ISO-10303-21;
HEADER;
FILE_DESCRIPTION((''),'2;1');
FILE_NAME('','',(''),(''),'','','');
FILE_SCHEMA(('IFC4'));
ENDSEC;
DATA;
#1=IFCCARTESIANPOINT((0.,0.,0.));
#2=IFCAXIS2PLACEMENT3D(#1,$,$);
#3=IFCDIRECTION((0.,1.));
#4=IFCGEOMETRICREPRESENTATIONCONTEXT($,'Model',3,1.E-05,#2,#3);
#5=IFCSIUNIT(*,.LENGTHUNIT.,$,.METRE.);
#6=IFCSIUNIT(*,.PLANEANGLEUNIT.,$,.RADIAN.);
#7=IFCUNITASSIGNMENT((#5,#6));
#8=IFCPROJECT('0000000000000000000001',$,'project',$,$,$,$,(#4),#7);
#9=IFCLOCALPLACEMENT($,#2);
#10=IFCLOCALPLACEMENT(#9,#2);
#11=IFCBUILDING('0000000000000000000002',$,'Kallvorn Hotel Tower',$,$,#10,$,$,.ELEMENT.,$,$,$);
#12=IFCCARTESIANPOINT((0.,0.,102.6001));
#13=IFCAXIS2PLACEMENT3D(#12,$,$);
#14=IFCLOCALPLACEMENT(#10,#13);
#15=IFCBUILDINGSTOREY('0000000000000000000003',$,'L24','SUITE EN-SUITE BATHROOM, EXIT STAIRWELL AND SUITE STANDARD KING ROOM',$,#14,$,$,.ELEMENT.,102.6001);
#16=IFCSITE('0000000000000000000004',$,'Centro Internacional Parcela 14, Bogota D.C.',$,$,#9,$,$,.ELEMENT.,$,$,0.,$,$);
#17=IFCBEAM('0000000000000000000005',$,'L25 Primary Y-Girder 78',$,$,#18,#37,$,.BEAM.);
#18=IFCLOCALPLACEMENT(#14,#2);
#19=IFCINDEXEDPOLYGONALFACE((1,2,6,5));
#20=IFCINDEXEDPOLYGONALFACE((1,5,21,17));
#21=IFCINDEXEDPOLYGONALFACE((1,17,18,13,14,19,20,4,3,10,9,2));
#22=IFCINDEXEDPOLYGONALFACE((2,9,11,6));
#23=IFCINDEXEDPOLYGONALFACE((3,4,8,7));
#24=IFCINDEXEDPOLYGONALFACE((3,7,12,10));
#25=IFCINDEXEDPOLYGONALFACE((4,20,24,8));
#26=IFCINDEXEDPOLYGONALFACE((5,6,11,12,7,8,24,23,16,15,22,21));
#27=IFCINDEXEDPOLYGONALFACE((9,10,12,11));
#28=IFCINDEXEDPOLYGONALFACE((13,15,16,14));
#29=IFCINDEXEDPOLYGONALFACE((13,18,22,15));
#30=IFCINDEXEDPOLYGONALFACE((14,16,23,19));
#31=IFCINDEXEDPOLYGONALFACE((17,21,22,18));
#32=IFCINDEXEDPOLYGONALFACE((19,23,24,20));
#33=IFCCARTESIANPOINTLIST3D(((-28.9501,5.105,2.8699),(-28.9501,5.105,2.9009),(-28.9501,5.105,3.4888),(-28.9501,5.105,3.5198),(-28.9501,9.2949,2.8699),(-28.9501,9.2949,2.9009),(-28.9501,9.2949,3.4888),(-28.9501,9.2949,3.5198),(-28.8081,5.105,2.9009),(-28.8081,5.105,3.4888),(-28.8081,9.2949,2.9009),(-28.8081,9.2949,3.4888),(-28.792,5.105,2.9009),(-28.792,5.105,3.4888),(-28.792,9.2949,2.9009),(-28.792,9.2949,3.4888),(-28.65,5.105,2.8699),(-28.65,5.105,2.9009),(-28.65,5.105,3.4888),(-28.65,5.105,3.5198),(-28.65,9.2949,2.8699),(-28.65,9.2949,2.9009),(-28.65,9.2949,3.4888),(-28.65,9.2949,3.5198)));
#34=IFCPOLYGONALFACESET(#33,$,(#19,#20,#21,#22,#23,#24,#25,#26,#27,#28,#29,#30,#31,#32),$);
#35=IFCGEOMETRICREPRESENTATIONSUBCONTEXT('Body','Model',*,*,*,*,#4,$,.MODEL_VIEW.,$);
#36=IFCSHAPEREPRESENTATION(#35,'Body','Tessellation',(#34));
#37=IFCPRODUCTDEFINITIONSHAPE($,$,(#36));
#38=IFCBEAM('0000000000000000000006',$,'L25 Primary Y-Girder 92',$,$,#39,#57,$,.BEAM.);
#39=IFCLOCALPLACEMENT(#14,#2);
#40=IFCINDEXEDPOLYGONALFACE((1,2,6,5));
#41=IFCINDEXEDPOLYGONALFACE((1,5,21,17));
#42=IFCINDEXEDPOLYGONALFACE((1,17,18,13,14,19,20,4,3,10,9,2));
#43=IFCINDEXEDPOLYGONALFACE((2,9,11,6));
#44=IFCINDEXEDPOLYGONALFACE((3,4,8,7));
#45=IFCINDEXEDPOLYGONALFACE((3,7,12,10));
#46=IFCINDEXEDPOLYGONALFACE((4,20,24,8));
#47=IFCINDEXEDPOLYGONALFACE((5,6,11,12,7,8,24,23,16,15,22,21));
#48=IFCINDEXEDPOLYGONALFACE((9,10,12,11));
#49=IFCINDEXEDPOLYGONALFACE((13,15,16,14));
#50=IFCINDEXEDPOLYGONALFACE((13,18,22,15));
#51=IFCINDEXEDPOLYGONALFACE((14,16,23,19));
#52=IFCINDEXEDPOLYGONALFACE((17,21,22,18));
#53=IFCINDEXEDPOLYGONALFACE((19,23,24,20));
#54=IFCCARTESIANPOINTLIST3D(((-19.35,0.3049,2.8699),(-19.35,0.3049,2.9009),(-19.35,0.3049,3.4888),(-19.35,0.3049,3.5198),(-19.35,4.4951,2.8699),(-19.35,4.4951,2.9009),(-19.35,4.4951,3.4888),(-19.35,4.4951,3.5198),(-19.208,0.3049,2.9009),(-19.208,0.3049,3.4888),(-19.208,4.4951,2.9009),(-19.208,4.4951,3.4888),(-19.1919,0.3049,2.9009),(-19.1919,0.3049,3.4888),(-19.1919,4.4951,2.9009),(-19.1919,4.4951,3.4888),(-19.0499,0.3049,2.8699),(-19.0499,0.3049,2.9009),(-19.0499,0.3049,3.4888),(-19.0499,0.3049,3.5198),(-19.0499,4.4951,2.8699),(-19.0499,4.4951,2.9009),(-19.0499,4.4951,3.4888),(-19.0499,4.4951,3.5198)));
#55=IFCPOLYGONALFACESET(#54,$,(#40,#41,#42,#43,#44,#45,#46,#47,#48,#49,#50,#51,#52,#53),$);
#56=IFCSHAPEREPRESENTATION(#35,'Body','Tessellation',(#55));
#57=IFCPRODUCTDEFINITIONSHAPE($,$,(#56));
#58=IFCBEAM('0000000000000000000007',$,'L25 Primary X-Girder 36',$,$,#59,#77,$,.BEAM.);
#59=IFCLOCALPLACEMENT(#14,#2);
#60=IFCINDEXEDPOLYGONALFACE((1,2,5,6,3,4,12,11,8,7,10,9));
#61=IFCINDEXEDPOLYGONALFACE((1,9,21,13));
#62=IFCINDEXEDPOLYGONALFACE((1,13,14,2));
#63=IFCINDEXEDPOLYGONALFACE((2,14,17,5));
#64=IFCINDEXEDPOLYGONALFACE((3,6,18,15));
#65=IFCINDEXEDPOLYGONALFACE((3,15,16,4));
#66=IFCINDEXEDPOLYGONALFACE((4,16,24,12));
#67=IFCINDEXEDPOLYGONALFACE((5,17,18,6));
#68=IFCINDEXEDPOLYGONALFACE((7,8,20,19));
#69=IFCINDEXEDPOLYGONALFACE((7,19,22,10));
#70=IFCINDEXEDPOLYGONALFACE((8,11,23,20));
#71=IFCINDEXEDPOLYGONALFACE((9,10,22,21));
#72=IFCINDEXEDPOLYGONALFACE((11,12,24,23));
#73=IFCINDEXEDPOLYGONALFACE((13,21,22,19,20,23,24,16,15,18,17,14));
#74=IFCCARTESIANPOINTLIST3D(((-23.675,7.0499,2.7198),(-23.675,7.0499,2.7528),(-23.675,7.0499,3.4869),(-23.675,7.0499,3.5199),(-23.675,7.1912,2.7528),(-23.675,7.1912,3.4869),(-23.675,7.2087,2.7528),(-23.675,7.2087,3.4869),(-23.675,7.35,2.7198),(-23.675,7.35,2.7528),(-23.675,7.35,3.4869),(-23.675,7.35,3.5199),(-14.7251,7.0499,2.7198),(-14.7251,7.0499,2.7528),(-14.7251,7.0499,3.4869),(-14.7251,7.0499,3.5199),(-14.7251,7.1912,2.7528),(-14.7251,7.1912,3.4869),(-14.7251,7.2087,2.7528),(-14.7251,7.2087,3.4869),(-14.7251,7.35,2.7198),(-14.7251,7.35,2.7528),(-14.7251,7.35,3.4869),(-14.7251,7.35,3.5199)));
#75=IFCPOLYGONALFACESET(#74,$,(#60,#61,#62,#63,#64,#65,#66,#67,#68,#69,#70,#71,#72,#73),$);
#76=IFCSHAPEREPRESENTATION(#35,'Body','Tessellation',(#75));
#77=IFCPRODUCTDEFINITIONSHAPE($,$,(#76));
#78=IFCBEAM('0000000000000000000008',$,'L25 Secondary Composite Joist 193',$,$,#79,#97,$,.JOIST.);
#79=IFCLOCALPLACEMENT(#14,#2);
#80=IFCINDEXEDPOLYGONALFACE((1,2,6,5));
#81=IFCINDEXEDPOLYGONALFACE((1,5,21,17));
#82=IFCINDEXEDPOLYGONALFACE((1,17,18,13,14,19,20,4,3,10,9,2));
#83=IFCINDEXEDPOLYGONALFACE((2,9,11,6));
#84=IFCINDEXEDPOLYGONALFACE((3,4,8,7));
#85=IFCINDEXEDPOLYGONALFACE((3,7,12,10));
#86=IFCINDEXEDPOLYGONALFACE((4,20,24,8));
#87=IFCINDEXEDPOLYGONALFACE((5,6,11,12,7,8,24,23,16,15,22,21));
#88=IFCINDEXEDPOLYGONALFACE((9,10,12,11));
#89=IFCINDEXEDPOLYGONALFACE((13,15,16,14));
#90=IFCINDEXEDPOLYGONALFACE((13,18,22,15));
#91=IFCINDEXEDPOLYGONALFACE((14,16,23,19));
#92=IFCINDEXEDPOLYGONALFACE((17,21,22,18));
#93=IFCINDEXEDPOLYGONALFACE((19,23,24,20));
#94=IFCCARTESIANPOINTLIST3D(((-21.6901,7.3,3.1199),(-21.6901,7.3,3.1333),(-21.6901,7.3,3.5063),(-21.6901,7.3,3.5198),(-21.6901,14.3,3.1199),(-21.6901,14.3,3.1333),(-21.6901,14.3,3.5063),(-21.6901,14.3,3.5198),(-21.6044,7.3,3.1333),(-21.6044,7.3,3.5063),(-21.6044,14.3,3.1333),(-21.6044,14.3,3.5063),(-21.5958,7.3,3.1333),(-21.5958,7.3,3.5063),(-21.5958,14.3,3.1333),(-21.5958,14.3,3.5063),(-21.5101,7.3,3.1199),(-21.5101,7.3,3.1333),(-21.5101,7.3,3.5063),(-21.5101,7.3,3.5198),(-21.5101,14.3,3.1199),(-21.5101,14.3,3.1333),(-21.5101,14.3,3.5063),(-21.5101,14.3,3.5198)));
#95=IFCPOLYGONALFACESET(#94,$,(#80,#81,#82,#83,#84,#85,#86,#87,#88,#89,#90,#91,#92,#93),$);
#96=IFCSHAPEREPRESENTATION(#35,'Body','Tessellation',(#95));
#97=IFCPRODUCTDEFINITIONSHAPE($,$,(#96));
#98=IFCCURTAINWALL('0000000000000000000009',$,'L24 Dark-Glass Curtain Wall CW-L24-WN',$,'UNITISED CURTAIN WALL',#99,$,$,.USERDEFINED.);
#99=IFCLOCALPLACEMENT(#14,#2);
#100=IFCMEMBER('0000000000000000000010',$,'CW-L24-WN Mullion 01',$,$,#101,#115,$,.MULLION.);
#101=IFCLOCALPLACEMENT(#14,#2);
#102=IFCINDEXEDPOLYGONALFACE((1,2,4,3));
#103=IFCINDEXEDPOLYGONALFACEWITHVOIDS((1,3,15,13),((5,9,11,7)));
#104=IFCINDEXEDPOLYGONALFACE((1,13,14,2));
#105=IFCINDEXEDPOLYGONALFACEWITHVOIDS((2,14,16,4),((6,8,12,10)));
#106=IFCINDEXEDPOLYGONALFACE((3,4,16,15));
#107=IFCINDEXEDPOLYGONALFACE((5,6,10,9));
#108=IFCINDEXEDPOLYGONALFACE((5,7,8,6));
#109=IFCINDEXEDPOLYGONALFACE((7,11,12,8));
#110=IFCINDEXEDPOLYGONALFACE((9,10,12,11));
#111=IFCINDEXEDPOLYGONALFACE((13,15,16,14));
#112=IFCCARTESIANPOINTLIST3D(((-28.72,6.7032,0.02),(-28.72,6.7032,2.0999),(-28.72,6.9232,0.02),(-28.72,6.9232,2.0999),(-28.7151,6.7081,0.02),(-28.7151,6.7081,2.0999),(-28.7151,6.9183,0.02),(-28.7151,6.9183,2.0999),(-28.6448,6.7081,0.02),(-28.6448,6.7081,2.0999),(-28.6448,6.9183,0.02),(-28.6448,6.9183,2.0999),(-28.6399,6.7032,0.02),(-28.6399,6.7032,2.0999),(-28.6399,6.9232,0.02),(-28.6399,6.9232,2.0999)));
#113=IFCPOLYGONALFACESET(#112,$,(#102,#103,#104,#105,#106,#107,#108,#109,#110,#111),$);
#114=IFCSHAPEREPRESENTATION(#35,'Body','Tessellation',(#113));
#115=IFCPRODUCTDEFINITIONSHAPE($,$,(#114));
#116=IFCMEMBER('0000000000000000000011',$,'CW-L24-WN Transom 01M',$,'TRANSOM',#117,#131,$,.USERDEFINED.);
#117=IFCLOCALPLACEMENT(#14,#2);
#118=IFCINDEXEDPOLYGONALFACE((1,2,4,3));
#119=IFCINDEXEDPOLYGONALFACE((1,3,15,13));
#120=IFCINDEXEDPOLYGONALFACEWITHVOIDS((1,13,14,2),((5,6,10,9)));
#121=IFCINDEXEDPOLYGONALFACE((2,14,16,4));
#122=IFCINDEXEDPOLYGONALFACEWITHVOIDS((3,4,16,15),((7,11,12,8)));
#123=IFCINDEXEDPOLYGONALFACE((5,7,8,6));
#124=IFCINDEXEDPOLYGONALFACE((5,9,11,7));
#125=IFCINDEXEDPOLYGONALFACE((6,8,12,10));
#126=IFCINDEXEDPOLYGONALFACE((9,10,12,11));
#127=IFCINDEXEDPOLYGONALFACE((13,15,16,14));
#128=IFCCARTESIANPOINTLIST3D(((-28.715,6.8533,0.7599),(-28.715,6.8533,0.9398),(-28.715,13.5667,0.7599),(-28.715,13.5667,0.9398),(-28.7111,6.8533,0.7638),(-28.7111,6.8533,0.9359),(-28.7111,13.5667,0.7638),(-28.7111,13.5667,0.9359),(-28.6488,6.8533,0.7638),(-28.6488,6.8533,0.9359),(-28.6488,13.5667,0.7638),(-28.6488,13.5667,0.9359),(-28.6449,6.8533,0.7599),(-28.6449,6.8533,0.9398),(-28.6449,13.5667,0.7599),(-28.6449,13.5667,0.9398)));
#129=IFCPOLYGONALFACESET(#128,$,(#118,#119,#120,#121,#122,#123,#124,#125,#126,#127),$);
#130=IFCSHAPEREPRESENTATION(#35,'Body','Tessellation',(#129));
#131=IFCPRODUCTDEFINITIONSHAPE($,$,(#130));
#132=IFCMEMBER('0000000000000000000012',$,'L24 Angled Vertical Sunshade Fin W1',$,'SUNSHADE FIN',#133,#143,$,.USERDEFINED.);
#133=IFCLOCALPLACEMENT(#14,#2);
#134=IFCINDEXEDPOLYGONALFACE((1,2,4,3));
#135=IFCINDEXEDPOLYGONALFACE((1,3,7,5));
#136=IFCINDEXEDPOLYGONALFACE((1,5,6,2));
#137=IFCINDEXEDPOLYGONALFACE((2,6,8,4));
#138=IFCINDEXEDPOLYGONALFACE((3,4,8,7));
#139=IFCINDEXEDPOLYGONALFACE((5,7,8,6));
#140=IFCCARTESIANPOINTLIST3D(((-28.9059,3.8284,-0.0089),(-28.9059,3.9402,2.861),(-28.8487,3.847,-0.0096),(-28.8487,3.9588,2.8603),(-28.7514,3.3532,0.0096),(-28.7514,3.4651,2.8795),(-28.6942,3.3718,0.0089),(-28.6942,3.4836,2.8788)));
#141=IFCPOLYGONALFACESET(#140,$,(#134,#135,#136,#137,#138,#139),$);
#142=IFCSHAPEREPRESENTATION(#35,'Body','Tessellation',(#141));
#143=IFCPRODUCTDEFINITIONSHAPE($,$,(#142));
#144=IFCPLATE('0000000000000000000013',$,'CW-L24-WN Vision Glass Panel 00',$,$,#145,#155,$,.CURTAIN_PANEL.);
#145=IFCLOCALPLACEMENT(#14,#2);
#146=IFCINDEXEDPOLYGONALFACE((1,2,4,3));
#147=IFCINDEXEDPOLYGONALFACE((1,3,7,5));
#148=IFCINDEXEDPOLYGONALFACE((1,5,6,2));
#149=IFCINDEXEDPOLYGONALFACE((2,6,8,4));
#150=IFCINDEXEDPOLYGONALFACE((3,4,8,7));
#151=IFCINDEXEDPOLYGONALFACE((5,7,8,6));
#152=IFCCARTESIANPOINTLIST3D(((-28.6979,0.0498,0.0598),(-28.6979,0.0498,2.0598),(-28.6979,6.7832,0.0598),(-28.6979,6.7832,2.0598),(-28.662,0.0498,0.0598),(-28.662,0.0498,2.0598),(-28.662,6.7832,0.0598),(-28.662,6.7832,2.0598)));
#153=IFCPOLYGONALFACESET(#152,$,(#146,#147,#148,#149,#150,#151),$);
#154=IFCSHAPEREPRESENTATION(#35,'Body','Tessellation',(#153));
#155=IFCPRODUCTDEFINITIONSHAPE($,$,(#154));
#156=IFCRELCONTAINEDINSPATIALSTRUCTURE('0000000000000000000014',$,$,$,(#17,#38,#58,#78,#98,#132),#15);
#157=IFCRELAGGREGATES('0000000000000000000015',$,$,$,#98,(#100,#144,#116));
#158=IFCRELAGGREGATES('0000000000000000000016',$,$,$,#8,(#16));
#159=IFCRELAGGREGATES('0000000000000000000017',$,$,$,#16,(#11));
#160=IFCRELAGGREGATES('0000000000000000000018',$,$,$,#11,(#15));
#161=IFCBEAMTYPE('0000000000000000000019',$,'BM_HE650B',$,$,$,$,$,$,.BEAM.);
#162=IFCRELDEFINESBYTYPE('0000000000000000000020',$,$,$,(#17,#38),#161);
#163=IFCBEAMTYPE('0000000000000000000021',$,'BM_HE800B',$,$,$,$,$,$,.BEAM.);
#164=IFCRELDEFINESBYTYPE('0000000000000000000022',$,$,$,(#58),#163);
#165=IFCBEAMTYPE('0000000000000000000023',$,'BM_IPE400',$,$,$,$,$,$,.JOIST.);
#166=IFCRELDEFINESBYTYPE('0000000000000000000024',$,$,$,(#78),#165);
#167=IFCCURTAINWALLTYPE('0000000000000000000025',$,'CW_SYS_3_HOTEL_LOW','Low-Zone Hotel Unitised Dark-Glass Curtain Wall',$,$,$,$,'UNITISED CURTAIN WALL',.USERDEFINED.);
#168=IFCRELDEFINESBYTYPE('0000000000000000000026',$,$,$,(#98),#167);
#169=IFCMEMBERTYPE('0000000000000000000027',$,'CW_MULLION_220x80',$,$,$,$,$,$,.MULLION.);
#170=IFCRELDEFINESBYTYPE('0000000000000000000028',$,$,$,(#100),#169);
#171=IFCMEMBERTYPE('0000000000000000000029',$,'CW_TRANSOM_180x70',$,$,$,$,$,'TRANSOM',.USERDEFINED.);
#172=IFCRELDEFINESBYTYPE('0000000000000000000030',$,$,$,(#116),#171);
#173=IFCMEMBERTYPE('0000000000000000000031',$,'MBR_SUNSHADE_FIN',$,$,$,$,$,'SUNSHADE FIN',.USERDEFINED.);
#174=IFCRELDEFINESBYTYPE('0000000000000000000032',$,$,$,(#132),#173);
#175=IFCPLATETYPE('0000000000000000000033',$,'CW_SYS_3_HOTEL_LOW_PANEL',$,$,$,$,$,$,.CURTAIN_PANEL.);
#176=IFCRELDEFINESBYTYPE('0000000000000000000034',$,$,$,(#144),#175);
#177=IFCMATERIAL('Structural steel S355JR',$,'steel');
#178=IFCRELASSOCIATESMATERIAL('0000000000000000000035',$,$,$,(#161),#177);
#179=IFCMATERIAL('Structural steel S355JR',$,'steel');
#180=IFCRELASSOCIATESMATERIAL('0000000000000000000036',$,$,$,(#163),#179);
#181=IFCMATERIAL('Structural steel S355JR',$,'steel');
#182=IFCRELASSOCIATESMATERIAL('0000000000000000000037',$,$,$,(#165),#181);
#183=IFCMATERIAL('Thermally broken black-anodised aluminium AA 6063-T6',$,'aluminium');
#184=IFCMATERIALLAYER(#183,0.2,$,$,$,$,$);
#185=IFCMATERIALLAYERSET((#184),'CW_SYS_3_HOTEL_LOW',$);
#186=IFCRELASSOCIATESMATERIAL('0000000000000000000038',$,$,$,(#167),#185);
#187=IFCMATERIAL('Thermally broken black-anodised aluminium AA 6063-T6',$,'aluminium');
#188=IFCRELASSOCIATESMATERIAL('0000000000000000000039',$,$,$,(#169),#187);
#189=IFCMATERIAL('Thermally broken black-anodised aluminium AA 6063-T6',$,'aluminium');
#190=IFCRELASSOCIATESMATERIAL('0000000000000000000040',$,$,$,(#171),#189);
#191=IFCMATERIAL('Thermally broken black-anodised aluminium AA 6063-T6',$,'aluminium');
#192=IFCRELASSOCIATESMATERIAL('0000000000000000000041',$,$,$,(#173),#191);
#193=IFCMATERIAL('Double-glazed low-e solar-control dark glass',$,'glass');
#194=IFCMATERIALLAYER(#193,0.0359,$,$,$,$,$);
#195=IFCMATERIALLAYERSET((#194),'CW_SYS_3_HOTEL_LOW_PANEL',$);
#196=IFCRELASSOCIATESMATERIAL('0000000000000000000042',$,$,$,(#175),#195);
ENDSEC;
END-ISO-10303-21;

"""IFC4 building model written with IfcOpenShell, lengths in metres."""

from ifc_helpers import new_model, si_unit, direction, frame, origin, origin_2d, place, context, subcontext, project, spatial, rectangle, hollow_rectangle, i_section, extrude, material, layer, layer_set, material_profile, profile_set, type_object, element, aggregate, save


model = new_model("IFC4")

# Units and contexts
model_context = context("Model", 3, precision=1e-05, world=origin(), true_north=direction((0.0, 1.0)))
body_context = subcontext(model_context, "Body", "Model", "MODEL_VIEW")
ifc_project = project(units=[si_unit("LENGTHUNIT", "METRE"), si_unit("PLANEANGLEUNIT", "RADIAN")], contexts=[model_context])

# Site, building, storey
site_placement = place(None, origin())
site = spatial("IfcSite", under=ifc_project, at=site_placement, Name="Centro Internacional Parcela 14, Bogota D.C.", CompositionType="ELEMENT", RefElevation=0.0)
building_placement = place(site_placement, origin())
building = spatial("IfcBuilding", under=site, at=building_placement, Name="Kallvorn Hotel Tower", CompositionType="ELEMENT")
storey_placement = place(building_placement, frame((0.0, 0.0, 102.6001)))
storey = spatial("IfcBuildingStorey", under=building, at=storey_placement, Name="L24", Description="SUITE EN-SUITE BATHROOM, EXIT STAIRWELL AND SUITE STANDARD KING ROOM", CompositionType="ELEMENT", Elevation=102.6001)

# Beams
ifc_material_1 = material(Name="Structural steel S355JR", Category="steel")
ifc_material_profile_1 = material_profile(ifc_material_1, i_section(OverallWidth=0.3, OverallDepth=0.6499, WebThickness=0.0161, FlangeThickness=0.031, at=origin_2d()), Name="HE 650 B")
ifc_profile_set_1 = profile_set([ifc_material_profile_1], Name="Structural steel S355JR")
beam_type_1 = type_object("IfcBeamType", Name="BM_HE650B", PredefinedType="BEAM", material=ifc_profile_set_1)
beam_1_placement = place(storey_placement, frame((-28.8, 5.105, 3.1948), z_axis=(0.0, 1.0, 0.0), x_axis=(-1.0, 0.0, 0.0)))
element("IfcBeam", 1, at=beam_1_placement, inside=storey, type_object=beam_type_1, Name="L25 Primary Y-Girder 78", PredefinedType="BEAM", context=body_context, shape_type="SweptSolid", body=[
    extrude(i_section(OverallWidth=0.3, OverallDepth=0.6499, WebThickness=0.0161, FlangeThickness=0.031, at=origin_2d()), origin(), (0.0, 0.0, 1.0), 4.1899),
])
beam_2_placement = place(storey_placement, frame((-19.2, 0.3049, 3.1948), z_axis=(0.0, 1.0, 0.0), x_axis=(-1.0, 0.0, 0.0)))
element("IfcBeam", 2, at=beam_2_placement, inside=storey, type_object=beam_type_1, Name="L25 Primary Y-Girder 92", PredefinedType="BEAM", context=body_context, shape_type="SweptSolid", body=[
    extrude(i_section(OverallWidth=0.3, OverallDepth=0.6499, WebThickness=0.0161, FlangeThickness=0.031, at=origin_2d()), origin(), (0.0, 0.0, 1.0), 4.1902),
])
ifc_material_2 = material(Name="Structural steel S355JR", Category="steel")
ifc_material_profile_2 = material_profile(ifc_material_2, i_section(OverallWidth=0.3, OverallDepth=0.8, WebThickness=0.0176, FlangeThickness=0.033, at=origin_2d()), Name="HE 800 B")
ifc_profile_set_2 = profile_set([ifc_material_profile_2], Name="Structural steel S355JR")
beam_type_2 = type_object("IfcBeamType", Name="BM_HE800B", PredefinedType="BEAM", material=ifc_profile_set_2)
beam_3_placement = place(storey_placement, frame((-23.675, 7.2, 3.1199), z_axis=(1.0, 0.0, 0.0), x_axis=(0.0, 1.0, 0.0)))
element("IfcBeam", 3, at=beam_3_placement, inside=storey, type_object=beam_type_2, Name="L25 Primary X-Girder 36", PredefinedType="BEAM", context=body_context, shape_type="SweptSolid", body=[
    extrude(i_section(OverallWidth=0.3, OverallDepth=0.8, WebThickness=0.0176, FlangeThickness=0.033, at=origin_2d()), origin(), (0.0, 0.0, 1.0), 8.95),
])
ifc_material_3 = material(Name="Structural steel S355JR", Category="steel")
ifc_material_profile_3 = material_profile(ifc_material_3, i_section(OverallWidth=0.1799, OverallDepth=0.3999, WebThickness=0.0085, FlangeThickness=0.0134, at=origin_2d()), Name="IPE 400")
ifc_profile_set_3 = profile_set([ifc_material_profile_3], Name="Structural steel S355JR")
beam_type_3 = type_object("IfcBeamType", Name="BM_IPE400", PredefinedType="JOIST", material=ifc_profile_set_3)
beam_4_placement = place(storey_placement, frame((-21.6001, 7.3, 3.3198), z_axis=(0.0, 1.0, 0.0), x_axis=(-1.0, 0.0, 0.0)))
element("IfcBeam", 4, at=beam_4_placement, inside=storey, type_object=beam_type_3, Name="L25 Secondary Composite Joist 193", PredefinedType="JOIST", context=body_context, shape_type="SweptSolid", body=[
    extrude(i_section(OverallWidth=0.1799, OverallDepth=0.3999, WebThickness=0.0085, FlangeThickness=0.0134, at=origin_2d()), origin(), (0.0, 0.0, 1.0), 7.0),
])

# Curtain wall, members
ifc_material_4 = material(Name="Thermally broken black-anodised aluminium AA 6063-T6", Category="aluminium")
ifc_layer_1 = layer(ifc_material_4, 0.2)
ifc_layer_set_1 = layer_set([ifc_layer_1], Name="CW_SYS_3_HOTEL_LOW")
curtain_wall_type = type_object("IfcCurtainWallType", Name="CW_SYS_3_HOTEL_LOW", Description="Low-Zone Hotel Unitised Dark-Glass Curtain Wall", ElementType="UNITISED CURTAIN WALL", PredefinedType="USERDEFINED", material=ifc_layer_set_1)
curtain_wall_placement = place(storey_placement, origin())
curtain_wall = element("IfcCurtainWall", 5, at=curtain_wall_placement, inside=storey, type_object=curtain_wall_type, Name="L24 Dark-Glass Curtain Wall CW-L24-WN", ObjectType="UNITISED CURTAIN WALL", PredefinedType="USERDEFINED")
ifc_material_5 = material(Name="Thermally broken black-anodised aluminium AA 6063-T6", Category="aluminium")
ifc_material_profile_4 = material_profile(ifc_material_5, hollow_rectangle(XDim=0.0801, YDim=0.22, WallThickness=0.0049, at=origin_2d()), Name="MUL 220x80")
ifc_profile_set_4 = profile_set([ifc_material_profile_4], Name="Thermally broken black-anodised aluminium AA 6063-T6")
member_type_1 = type_object("IfcMemberType", Name="CW_MULLION_220x80", PredefinedType="MULLION", material=ifc_profile_set_4)
member_1_placement = place(storey_placement, frame((-28.6799, 6.8132, 0.02), z_axis=(0.0, 0.0, 1.0), x_axis=(1.0, 0.0, 0.0)))
member_1 = element("IfcMember", 6, at=member_1_placement, type_object=member_type_1, Name="CW-L24-WN Mullion 01", PredefinedType="MULLION", context=body_context, shape_type="SweptSolid", body=[
    extrude(hollow_rectangle(XDim=0.0801, YDim=0.22, WallThickness=0.0049, at=origin_2d()), origin(), (0.0, 0.0, 1.0), 2.0798),
])
ifc_material_6 = material(Name="Thermally broken black-anodised aluminium AA 6063-T6", Category="aluminium")
ifc_material_profile_5 = material_profile(ifc_material_6, hollow_rectangle(XDim=0.0701, YDim=0.1799, WallThickness=0.0039, at=origin_2d()), Name="TRN 180x70")
ifc_profile_set_5 = profile_set([ifc_material_profile_5], Name="Thermally broken black-anodised aluminium AA 6063-T6")
member_type_2 = type_object("IfcMemberType", Name="CW_TRANSOM_180x70", ElementType="TRANSOM", PredefinedType="USERDEFINED", material=ifc_profile_set_5)
member_2_placement = place(storey_placement, frame((-28.6799, 6.8533, 0.8499), z_axis=(0.0, 1.0, 0.0), x_axis=(-1.0, 0.0, 0.0)))
member_2 = element("IfcMember", 7, at=member_2_placement, type_object=member_type_2, Name="CW-L24-WN Transom 01M", ObjectType="TRANSOM", PredefinedType="USERDEFINED", context=body_context, shape_type="SweptSolid", body=[
    extrude(hollow_rectangle(XDim=0.0701, YDim=0.1799, WallThickness=0.0039, at=origin_2d()), origin(), (0.0, 0.0, 1.0), 6.7134),
])

# Member
ifc_material_7 = material(Name="Thermally broken black-anodised aluminium AA 6063-T6", Category="aluminium")
ifc_material_profile_6 = material_profile(ifc_material_7, rectangle(XDim=0.0601, YDim=0.5, at=origin_2d()), Name="FIN 500x60")
ifc_profile_set_6 = profile_set([ifc_material_profile_6], Name="Thermally broken black-anodised aluminium AA 6063-T6")
member_type_3 = type_object("IfcMemberType", Name="MBR_SUNSHADE_FIN", ElementType="SUNSHADE FIN", PredefinedType="USERDEFINED", material=ifc_profile_set_6)
member_3_placement = place(storey_placement, frame((-28.8, 3.6001, 0.0), z_axis=(0.0, 0.038933, 0.999242), x_axis=(-0.951057, -0.308783, 0.012031)))
element("IfcMember", 8, at=member_3_placement, inside=storey, type_object=member_type_3, Name="L24 Angled Vertical Sunshade Fin W1", ObjectType="SUNSHADE FIN", PredefinedType="USERDEFINED", context=body_context, shape_type="SweptSolid", body=[
    extrude(rectangle(XDim=0.0601, YDim=0.5, at=origin_2d()), origin(), (0.0, 0.0, 1.0), 2.8721),
])

# Plate
ifc_material_8 = material(Name="Double-glazed low-e solar-control dark glass", Category="glass")
ifc_layer_2 = layer(ifc_material_8, 0.0359)
ifc_layer_set_2 = layer_set([ifc_layer_2], Name="CW_SYS_3_HOTEL_LOW_PANEL")
plate_type = type_object("IfcPlateType", Name="CW_SYS_3_HOTEL_LOW_PANEL", PredefinedType="CURTAIN_PANEL", material=ifc_layer_set_2)
plate_placement = place(storey_placement, frame((-28.6799, 3.4165, 0.0598), z_axis=(0.0, 0.0, 1.0), x_axis=(0.0, 1.0, 0.0)))
plate = element("IfcPlate", 9, at=plate_placement, type_object=plate_type, Name="CW-L24-WN Vision Glass Panel 00", PredefinedType="CURTAIN_PANEL", context=body_context, shape_type="SweptSolid", body=[
    extrude(rectangle(XDim=6.7334, YDim=0.0359, at=origin_2d()), origin(), (0.0, 0.0, 1.0), 2.0),
])
aggregate(curtain_wall, [member_1, plate, member_2])

save(model, "model.ifc")
